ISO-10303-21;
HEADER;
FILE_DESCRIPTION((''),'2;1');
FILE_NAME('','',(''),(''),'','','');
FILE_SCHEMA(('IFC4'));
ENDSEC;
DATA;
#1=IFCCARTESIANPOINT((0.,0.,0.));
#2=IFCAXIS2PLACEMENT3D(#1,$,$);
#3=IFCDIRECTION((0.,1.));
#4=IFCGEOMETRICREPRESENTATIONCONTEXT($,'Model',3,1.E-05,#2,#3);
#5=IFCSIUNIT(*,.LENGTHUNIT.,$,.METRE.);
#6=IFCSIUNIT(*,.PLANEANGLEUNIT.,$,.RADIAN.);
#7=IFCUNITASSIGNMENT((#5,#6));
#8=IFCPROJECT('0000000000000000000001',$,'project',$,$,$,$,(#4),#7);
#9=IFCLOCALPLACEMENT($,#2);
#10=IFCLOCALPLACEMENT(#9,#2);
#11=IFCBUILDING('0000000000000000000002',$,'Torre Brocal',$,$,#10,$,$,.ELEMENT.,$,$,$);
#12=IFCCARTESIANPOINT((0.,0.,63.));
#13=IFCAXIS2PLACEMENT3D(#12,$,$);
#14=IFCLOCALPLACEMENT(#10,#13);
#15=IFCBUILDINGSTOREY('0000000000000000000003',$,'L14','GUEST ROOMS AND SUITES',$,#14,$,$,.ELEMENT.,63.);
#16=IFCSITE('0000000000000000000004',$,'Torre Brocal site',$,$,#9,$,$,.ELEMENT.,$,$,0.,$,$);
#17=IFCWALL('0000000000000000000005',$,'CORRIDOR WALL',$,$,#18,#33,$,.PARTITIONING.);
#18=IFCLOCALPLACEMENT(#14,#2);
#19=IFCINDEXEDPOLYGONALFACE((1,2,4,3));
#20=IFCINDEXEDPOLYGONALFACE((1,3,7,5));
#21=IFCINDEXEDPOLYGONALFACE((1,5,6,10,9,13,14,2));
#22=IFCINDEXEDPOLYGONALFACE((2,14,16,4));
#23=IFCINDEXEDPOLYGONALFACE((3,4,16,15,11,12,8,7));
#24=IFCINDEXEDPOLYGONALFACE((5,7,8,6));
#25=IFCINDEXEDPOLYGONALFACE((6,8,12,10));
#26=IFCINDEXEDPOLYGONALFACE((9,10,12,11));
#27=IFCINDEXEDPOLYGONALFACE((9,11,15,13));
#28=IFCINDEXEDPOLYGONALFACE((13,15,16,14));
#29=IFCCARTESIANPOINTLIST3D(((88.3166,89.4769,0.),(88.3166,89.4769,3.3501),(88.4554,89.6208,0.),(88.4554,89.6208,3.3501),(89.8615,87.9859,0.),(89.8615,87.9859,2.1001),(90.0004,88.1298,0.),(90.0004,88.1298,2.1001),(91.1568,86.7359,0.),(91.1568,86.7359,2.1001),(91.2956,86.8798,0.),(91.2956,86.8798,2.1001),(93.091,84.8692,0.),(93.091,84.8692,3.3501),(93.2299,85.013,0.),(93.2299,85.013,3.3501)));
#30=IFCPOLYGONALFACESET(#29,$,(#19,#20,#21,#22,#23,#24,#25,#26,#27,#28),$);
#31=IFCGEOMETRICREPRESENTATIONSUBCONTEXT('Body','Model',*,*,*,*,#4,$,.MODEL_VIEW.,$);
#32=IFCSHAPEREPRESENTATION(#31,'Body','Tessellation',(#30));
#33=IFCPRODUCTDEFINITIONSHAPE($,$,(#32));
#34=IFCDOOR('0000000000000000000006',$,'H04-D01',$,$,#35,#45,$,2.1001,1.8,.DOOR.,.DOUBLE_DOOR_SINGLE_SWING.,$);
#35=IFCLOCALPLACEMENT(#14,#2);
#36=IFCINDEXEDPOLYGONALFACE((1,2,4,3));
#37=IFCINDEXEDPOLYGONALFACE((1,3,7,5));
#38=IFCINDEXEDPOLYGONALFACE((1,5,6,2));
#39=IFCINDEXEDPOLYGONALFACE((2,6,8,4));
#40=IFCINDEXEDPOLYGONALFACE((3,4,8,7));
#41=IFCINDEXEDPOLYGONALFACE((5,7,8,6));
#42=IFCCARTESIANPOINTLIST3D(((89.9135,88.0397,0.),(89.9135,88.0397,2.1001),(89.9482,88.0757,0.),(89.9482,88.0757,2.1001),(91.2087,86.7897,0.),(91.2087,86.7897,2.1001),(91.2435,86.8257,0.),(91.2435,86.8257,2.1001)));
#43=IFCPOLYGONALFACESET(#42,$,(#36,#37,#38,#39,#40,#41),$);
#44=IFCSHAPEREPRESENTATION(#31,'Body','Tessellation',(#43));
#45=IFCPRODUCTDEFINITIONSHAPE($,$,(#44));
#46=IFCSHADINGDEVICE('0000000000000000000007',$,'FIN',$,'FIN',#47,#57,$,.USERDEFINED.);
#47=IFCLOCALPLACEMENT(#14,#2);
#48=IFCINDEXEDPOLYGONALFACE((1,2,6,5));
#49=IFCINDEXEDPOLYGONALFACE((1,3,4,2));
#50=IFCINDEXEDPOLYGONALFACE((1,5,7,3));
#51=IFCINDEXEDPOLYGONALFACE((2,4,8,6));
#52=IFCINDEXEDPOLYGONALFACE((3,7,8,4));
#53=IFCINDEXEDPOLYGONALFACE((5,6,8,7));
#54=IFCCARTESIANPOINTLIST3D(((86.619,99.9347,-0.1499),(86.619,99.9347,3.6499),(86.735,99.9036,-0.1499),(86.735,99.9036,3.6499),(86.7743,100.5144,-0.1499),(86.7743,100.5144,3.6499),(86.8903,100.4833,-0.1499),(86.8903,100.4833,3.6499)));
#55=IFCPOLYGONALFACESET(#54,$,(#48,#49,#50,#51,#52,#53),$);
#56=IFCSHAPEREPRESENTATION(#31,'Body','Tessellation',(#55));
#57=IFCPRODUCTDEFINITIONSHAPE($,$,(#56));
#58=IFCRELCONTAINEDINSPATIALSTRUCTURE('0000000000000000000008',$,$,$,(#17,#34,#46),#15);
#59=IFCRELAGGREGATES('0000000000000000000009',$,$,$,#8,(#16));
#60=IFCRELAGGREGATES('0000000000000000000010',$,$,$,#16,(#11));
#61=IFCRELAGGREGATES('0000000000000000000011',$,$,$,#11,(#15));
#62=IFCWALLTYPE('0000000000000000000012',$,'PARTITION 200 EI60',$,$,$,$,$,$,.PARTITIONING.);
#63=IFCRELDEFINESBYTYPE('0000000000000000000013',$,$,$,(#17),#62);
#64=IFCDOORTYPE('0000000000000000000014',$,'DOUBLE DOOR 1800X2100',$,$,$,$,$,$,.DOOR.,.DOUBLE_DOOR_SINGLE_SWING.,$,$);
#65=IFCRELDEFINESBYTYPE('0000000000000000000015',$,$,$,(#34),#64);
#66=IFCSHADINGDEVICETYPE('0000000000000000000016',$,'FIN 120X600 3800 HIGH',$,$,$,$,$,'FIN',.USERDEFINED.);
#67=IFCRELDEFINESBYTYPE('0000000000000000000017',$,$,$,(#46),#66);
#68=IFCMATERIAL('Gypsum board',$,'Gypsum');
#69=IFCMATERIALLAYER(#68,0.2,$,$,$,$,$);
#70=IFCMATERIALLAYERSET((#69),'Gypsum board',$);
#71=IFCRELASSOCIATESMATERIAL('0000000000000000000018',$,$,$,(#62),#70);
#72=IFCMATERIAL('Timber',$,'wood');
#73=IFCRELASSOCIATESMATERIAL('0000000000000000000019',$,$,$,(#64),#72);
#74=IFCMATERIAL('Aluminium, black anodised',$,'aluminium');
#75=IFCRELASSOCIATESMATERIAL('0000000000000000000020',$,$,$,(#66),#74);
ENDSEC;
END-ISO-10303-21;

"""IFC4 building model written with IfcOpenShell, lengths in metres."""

from ifc_helpers import new_model, si_unit, direction, frame, frame_2d, origin, origin_2d, place, context, subcontext, project, spatial, rectangle, extrude, material, layer, layer_set, material_profile, profile_set, type_object, element, fill, save


model = new_model("IFC4")

# Units and contexts
model_context = context("Model", 3, precision=1e-05, world=origin(), true_north=direction((0.0, 1.0)))
body_context = subcontext(model_context, "Body", "Model", "MODEL_VIEW")
ifc_project = project(units=[si_unit("LENGTHUNIT", "METRE"), si_unit("PLANEANGLEUNIT", "RADIAN")], contexts=[model_context])

# Site, building, storey
site_placement = place(None, origin())
site = spatial("IfcSite", under=ifc_project, at=site_placement, Name="Torre Brocal site", CompositionType="ELEMENT", RefElevation=0.0)
building_placement = place(site_placement, origin())
building = spatial("IfcBuilding", under=site, at=building_placement, Name="Torre Brocal", CompositionType="ELEMENT")
storey_placement = place(building_placement, frame((0.0, 0.0, 63.0)))
storey = spatial("IfcBuildingStorey", under=building, at=storey_placement, Name="L14", Description="GUEST ROOMS AND SUITES", CompositionType="ELEMENT", Elevation=63.0)

# Shared definitions
ifc_material_1 = material(Name="Gypsum board", Category="Gypsum")
ifc_layer_1 = layer(ifc_material_1, 0.2)
ifc_layer_set_1 = layer_set([ifc_layer_1], Name="Gypsum board")
wall_type_1 = type_object("IfcWallType", Name="PARTITION 200 EI60", PredefinedType="PARTITIONING", material=ifc_layer_set_1)

# Wall, opening, door
wall_1_placement = place(storey_placement, frame((88.386, 89.5488, 0.0), z_axis=(0.0, 0.0, 1.0), x_axis=(0.719561, -0.69443, 0.0)))
wall_1 = element("IfcWall", 1, at=wall_1_placement, inside=storey, type_object=wall_type_1, Name="CORRIDOR WALL", PredefinedType="PARTITIONING", context=body_context, shape_type="SweptSolid", body=[
    extrude(rectangle(XDim=6.6353, YDim=0.2, at=frame_2d((3.3176, 0.0))), origin(), (0.0, 0.0, 1.0), 3.3501),
])
opening_1_placement = place(wall_1_placement, frame((2.1472, 0.0, 0.0)))
opening_1 = element("IfcOpeningElement", 2, at=opening_1_placement, cuts=wall_1, PredefinedType="OPENING", context=body_context, shape_type="SweptSolid", body=[
    extrude(rectangle(XDim=1.8, YDim=2.1001, at=frame_2d((0.8999, 1.05))), frame((0.0, 0.1099, 0.0), z_axis=(0.0, -1.0, 0.0), x_axis=(1.0, 0.0, 0.0)), (0.0, 0.0, 1.0), 0.22),
])
ifc_material_2 = material(Name="Timber", Category="wood")
door_type_1 = type_object("IfcDoorType", Name="DOUBLE DOOR 1800X2100", OperationType="DOUBLE_DOOR_SINGLE_SWING", PredefinedType="DOOR", material=ifc_material_2)
door_1_placement = place(opening_1_placement, origin())
door_1 = element("IfcDoor", 3, at=door_1_placement, inside=storey, type_object=door_type_1, Name="H04-D01", OperationType="DOUBLE_DOOR_SINGLE_SWING", OverallHeight=2.1001, OverallWidth=1.8, PredefinedType="DOOR", context=body_context, shape_type="SweptSolid", body=[
    extrude(rectangle(XDim=1.8, YDim=2.1001, at=frame_2d((0.8999, 1.05))), frame((0.0, 0.0249, 0.0), z_axis=(0.0, -1.0, 0.0), x_axis=(1.0, 0.0, 0.0)), (0.0, 0.0, 1.0), 0.05),
])
fill(opening_1, door_1)

# Shading device
ifc_material_3 = material(Name="Aluminium, black anodised", Category="aluminium")
ifc_material_profile_1 = material_profile(ifc_material_3, rectangle(XDim=0.1201, YDim=0.6001, at=origin_2d()), Name="FIN 120X600 3800 HIGH")
ifc_profile_set_1 = profile_set([ifc_material_profile_1], Name="Aluminium, black anodised")
shading_device_type = type_object("IfcShadingDeviceType", Name="FIN 120X600 3800 HIGH", ElementType="FIN", PredefinedType="USERDEFINED", material=ifc_profile_set_1)
shading_device_placement = place(storey_placement, frame((86.7546, 100.209, -0.1499), z_axis=(0.0, 0.0, 1.0), x_axis=(-0.965926, 0.258819, 0.0)))
element("IfcShadingDevice", 4, at=shading_device_placement, inside=storey, type_object=shading_device_type, Name="FIN", ObjectType="FIN", PredefinedType="USERDEFINED", context=body_context, shape_type="SweptSolid", body=[
    extrude(rectangle(XDim=0.1201, YDim=0.6001, at=origin_2d()), origin(), (0.0, 0.0, 1.0), 3.7998),
])

save(model, "model.ifc")
